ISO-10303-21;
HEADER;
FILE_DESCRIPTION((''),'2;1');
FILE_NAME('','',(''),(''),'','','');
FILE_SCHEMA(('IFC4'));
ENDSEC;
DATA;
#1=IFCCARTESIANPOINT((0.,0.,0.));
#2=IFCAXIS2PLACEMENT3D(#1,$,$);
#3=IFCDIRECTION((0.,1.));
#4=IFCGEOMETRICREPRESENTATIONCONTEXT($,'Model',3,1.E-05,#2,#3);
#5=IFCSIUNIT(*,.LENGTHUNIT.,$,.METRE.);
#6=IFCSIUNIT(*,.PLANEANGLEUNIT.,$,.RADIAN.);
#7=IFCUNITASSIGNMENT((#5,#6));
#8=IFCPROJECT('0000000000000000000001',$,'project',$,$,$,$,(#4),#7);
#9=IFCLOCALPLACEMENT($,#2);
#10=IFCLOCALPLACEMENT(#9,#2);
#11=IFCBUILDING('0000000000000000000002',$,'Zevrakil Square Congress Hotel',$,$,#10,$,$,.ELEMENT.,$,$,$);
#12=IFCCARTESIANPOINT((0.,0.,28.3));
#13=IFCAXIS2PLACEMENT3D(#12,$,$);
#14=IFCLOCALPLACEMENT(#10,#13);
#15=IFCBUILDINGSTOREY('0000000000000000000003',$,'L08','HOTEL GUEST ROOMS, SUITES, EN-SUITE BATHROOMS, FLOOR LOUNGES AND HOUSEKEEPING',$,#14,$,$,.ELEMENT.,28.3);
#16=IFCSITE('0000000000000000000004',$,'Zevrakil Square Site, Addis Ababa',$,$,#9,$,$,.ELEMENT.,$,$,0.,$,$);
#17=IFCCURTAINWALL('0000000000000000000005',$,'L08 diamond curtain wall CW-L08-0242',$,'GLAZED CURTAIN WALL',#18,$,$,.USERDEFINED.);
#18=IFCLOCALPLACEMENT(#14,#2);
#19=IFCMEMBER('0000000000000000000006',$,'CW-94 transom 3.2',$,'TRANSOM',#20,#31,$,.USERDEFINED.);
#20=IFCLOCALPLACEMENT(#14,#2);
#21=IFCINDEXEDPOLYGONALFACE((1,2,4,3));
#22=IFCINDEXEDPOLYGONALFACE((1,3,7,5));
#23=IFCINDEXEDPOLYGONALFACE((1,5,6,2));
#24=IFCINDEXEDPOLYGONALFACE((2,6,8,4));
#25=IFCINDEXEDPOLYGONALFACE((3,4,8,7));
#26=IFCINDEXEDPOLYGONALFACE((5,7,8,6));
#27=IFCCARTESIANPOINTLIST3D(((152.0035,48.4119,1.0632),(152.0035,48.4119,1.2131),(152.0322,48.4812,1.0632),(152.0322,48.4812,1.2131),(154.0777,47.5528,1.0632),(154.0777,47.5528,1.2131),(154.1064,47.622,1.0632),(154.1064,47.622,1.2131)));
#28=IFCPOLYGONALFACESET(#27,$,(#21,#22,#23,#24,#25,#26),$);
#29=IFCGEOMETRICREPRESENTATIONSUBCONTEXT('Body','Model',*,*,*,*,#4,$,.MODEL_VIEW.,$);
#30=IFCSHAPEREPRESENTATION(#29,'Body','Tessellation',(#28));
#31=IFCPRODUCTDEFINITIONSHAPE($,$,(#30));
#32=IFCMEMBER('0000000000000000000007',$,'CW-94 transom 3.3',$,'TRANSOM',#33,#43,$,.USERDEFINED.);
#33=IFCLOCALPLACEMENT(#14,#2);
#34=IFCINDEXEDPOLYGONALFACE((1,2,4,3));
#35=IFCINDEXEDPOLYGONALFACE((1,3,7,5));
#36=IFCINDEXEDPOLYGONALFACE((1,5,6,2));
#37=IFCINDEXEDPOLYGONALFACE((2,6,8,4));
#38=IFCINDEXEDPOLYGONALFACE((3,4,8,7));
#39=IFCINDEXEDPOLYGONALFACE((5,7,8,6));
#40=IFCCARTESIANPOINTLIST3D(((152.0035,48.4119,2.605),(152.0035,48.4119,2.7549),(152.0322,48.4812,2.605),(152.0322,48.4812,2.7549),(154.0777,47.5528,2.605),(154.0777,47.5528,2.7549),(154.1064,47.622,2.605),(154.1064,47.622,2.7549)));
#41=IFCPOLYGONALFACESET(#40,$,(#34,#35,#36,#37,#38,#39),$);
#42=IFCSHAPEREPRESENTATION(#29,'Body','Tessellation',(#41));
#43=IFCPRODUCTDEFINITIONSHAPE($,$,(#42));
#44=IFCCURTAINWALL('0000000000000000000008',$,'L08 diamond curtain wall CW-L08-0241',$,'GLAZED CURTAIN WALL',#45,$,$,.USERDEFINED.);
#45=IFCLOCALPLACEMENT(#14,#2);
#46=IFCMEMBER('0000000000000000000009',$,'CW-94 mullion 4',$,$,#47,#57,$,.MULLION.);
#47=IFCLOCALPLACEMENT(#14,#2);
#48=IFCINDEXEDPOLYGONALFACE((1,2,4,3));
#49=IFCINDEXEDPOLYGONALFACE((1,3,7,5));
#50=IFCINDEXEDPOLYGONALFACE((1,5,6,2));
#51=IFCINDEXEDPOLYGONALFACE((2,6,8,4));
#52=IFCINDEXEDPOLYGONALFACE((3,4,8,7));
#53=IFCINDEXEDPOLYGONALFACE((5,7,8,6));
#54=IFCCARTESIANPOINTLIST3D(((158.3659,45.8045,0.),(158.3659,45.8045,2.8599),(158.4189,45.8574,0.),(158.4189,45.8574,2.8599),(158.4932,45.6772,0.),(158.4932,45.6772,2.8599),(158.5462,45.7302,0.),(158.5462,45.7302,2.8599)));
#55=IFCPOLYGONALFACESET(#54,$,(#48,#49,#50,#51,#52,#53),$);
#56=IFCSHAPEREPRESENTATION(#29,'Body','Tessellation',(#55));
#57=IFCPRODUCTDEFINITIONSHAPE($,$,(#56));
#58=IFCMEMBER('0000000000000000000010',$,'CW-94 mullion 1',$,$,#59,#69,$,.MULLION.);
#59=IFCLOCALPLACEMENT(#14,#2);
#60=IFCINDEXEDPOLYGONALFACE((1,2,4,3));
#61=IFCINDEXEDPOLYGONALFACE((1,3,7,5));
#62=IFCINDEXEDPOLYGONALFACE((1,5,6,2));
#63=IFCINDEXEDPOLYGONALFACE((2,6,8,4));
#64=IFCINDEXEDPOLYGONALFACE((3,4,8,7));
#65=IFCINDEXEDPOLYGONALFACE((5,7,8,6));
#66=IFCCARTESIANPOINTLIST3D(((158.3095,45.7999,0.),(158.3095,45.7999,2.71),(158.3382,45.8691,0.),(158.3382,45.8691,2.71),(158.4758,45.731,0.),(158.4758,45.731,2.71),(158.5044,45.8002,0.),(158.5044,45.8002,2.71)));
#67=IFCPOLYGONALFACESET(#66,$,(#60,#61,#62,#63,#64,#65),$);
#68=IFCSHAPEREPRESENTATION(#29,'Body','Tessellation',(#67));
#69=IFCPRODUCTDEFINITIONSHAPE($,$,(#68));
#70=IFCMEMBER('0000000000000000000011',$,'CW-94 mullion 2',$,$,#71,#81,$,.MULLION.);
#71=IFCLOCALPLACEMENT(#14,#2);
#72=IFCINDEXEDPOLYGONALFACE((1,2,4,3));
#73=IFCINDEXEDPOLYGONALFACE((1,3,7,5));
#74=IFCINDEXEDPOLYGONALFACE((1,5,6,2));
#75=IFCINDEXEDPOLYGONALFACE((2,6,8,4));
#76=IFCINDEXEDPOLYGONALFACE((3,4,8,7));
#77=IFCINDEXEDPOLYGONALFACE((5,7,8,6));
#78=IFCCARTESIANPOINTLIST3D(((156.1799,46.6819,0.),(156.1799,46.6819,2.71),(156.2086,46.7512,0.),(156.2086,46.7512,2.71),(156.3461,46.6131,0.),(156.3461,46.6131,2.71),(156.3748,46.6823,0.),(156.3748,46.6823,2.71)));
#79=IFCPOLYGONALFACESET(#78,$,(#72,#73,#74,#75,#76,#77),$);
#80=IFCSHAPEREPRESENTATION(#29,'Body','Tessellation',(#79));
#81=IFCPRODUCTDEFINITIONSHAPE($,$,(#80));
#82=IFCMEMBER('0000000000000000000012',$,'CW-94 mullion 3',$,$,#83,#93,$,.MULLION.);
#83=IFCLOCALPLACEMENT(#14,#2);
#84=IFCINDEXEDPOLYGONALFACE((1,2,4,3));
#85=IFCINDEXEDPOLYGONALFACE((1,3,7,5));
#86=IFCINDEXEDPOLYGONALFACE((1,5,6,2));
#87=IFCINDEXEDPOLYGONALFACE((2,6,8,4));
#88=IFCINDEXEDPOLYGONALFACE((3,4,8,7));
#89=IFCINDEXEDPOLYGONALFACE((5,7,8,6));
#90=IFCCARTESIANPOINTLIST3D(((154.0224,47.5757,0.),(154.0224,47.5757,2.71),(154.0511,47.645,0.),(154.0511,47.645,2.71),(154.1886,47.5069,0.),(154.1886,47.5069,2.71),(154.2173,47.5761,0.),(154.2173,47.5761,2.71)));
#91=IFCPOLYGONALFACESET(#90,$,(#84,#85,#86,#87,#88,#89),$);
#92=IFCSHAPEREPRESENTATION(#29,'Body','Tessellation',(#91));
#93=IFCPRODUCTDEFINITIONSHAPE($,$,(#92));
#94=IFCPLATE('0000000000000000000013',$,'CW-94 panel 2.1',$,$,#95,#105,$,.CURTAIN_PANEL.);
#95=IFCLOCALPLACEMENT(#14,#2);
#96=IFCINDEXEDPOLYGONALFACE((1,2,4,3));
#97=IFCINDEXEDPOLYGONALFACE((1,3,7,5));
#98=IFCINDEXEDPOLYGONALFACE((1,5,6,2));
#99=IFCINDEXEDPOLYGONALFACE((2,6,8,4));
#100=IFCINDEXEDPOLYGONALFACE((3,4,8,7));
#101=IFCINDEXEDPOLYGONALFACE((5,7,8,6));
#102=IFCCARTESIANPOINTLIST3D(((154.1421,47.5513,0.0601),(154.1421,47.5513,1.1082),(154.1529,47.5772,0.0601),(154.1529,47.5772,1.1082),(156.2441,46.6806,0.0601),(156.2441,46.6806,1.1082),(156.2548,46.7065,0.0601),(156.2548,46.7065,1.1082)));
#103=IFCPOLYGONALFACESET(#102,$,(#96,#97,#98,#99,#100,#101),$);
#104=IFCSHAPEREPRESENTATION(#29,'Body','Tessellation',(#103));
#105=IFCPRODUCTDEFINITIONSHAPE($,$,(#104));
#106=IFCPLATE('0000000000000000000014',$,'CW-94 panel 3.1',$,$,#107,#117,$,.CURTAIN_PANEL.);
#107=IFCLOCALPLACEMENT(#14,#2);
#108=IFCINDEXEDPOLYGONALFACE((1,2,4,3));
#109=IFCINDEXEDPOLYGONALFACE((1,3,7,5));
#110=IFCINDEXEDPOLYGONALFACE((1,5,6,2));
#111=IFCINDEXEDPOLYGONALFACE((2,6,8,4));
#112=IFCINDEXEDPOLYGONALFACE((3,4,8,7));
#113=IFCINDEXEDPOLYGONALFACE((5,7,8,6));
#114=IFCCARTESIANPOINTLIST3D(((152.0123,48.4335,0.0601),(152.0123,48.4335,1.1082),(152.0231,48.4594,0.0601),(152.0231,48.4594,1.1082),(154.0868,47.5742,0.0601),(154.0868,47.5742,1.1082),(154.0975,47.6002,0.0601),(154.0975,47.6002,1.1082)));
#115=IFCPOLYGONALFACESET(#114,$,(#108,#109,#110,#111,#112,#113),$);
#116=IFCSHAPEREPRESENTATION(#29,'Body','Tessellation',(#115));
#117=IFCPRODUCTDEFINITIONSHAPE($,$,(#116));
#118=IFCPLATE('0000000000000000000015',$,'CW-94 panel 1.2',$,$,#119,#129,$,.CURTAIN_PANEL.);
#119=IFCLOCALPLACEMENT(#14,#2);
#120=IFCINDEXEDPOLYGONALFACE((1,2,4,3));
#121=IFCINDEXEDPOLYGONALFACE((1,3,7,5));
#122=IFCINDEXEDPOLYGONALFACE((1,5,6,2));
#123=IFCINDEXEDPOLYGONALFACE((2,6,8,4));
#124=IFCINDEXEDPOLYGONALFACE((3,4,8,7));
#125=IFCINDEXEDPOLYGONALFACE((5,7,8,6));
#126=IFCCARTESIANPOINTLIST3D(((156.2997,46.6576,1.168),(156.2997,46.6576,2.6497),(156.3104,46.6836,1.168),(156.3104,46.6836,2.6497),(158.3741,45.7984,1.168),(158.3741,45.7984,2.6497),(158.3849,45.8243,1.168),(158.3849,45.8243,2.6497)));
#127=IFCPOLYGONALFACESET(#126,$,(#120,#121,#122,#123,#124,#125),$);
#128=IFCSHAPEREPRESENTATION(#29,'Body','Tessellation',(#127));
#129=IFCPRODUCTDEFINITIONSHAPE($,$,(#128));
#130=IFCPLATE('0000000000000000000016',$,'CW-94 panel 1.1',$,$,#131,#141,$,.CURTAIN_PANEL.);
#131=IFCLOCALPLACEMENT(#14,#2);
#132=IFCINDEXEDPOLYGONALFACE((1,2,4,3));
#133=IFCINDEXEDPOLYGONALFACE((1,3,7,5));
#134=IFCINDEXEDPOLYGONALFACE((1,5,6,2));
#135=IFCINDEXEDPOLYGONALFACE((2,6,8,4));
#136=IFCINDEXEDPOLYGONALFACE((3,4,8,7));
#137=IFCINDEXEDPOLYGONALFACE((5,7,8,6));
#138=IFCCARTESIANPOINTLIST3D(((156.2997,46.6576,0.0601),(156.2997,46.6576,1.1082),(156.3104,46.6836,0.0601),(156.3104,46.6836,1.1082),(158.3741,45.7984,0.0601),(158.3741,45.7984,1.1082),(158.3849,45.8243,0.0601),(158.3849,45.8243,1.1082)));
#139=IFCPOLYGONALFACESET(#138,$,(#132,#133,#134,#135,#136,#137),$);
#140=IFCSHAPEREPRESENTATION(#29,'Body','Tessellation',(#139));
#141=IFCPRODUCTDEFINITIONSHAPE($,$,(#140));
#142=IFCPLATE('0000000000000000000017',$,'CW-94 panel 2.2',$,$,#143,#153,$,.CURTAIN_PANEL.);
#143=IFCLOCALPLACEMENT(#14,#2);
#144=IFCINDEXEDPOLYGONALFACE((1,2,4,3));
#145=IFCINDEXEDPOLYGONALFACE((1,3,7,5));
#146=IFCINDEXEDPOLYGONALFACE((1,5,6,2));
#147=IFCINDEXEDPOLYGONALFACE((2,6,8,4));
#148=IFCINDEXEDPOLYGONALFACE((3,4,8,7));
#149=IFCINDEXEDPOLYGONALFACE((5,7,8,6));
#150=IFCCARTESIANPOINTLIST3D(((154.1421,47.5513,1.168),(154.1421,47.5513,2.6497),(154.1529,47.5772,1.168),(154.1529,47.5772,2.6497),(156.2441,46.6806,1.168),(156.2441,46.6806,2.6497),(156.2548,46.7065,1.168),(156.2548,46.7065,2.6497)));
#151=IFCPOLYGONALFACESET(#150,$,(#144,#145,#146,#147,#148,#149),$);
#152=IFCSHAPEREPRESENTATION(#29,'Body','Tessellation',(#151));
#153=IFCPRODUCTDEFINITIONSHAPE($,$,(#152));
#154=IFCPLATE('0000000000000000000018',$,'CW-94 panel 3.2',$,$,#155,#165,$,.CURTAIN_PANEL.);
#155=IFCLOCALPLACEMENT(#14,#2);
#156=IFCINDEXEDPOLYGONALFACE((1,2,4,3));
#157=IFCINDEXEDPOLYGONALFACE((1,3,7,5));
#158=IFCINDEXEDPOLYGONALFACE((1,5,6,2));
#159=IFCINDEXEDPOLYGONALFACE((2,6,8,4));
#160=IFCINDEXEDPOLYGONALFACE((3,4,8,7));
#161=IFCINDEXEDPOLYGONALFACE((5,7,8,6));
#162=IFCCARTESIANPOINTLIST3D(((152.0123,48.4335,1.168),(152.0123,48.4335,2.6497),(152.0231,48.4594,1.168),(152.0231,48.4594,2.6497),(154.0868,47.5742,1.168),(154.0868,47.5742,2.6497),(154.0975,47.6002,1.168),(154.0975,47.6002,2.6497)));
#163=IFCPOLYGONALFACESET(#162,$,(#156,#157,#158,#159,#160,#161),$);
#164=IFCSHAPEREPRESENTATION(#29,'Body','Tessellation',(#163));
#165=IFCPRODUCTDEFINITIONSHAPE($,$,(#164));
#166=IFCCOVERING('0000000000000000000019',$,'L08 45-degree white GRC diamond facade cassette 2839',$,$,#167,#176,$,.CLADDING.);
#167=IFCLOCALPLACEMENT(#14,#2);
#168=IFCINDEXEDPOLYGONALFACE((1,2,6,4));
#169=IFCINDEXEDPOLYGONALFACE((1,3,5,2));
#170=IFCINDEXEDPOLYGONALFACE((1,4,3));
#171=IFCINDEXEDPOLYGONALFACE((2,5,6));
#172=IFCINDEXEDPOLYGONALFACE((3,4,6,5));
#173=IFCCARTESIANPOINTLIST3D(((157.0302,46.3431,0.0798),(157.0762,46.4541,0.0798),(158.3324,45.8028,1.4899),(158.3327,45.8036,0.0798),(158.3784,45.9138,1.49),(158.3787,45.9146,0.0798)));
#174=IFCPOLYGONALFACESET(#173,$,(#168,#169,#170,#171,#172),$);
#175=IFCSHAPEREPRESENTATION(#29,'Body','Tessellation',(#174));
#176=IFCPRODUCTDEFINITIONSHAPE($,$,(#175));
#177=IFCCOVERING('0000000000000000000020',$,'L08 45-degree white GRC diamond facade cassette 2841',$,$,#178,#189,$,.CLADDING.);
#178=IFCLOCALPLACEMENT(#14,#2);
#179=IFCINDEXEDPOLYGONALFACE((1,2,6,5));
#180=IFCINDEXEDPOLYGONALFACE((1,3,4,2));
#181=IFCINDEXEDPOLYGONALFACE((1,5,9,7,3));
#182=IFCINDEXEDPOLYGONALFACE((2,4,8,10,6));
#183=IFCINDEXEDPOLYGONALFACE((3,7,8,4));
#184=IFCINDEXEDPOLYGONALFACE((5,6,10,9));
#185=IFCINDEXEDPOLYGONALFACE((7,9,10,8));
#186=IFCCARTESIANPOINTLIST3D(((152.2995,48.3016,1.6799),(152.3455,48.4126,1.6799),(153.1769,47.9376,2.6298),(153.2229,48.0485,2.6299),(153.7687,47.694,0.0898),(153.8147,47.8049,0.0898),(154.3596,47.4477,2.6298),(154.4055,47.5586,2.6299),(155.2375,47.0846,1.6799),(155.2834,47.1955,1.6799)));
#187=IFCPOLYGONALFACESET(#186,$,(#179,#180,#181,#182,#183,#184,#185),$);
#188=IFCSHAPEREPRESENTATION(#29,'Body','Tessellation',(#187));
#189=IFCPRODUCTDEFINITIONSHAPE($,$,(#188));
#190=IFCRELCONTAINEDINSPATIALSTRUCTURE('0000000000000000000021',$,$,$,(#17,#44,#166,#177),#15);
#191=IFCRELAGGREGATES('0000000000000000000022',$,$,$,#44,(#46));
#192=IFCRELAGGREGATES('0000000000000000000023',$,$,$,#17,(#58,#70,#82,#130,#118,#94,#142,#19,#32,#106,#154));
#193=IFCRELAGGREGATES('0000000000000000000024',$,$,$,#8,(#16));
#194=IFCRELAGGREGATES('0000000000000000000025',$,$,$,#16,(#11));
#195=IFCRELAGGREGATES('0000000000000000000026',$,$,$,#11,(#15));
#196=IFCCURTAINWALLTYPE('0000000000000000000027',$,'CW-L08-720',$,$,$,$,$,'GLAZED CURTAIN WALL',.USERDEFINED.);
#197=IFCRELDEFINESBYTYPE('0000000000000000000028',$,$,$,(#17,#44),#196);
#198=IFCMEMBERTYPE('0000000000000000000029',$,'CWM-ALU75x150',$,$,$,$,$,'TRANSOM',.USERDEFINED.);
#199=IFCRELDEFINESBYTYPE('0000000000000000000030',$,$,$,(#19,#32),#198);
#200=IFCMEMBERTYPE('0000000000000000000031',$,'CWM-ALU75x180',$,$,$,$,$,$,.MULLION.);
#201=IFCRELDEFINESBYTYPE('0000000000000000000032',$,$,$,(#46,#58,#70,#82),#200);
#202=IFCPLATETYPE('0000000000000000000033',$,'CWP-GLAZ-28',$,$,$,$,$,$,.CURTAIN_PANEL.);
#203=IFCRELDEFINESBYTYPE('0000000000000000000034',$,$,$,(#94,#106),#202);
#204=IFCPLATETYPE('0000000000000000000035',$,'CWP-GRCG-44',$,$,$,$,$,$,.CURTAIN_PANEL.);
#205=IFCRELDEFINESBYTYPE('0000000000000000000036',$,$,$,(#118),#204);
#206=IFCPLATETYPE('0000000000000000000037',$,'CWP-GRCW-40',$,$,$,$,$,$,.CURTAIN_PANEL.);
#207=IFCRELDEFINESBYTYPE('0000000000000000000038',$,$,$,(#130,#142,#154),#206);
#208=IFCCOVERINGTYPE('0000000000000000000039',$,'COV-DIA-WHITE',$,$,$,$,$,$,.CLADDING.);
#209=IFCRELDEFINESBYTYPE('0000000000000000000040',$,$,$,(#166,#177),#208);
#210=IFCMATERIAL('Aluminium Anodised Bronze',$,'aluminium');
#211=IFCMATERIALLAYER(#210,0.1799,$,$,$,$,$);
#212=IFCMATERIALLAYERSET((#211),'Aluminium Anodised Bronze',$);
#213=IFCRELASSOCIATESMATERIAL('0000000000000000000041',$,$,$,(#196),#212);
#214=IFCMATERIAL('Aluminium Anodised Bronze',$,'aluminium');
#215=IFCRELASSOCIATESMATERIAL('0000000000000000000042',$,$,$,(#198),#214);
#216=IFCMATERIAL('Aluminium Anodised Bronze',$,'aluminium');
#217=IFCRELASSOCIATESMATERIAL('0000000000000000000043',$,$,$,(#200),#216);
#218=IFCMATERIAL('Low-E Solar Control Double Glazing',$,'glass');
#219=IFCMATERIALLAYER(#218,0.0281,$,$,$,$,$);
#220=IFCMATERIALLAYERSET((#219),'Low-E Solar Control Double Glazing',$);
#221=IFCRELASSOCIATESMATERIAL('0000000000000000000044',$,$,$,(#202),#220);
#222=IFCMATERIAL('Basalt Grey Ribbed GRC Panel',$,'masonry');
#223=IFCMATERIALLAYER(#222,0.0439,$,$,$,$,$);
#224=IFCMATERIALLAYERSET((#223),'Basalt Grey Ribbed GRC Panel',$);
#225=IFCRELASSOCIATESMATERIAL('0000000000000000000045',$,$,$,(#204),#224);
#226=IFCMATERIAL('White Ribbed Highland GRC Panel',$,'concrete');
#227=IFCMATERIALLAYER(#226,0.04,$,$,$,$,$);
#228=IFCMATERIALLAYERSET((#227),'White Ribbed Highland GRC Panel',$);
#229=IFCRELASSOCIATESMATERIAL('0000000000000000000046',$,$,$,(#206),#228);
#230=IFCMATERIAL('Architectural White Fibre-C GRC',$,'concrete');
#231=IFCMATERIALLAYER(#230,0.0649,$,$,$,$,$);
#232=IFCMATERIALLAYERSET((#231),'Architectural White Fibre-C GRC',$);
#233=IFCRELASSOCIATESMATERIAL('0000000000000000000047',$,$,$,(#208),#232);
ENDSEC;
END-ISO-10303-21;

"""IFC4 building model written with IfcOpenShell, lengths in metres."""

from ifc_helpers import new_model, si_unit, direction, frame, origin, origin_2d, place, context, subcontext, project, spatial, polyline, rectangle, outline, extrude, material, layer, layer_set, material_profile, profile_set, type_object, element, aggregate, save


model = new_model("IFC4")

# Units and contexts
model_context = context("Model", 3, precision=1e-05, world=origin(), true_north=direction((0.0, 1.0)))
body_context = subcontext(model_context, "Body", "Model", "MODEL_VIEW")
ifc_project = project(units=[si_unit("LENGTHUNIT", "METRE"), si_unit("PLANEANGLEUNIT", "RADIAN")], contexts=[model_context])

# Site, building, storey
site_placement = place(None, origin())
site = spatial("IfcSite", under=ifc_project, at=site_placement, Name="Zevrakil Square Site, Addis Ababa", CompositionType="ELEMENT", RefElevation=0.0)
building_placement = place(site_placement, origin())
building = spatial("IfcBuilding", under=site, at=building_placement, Name="Zevrakil Square Congress Hotel", CompositionType="ELEMENT")
storey_placement = place(building_placement, frame((0.0, 0.0, 28.3)))
storey = spatial("IfcBuildingStorey", under=building, at=storey_placement, Name="L08", Description="HOTEL GUEST ROOMS, SUITES, EN-SUITE BATHROOMS, FLOOR LOUNGES AND HOUSEKEEPING", CompositionType="ELEMENT", Elevation=28.3)

# Curtain wall, members
ifc_material_1 = material(Name="Aluminium Anodised Bronze", Category="aluminium")
ifc_layer_1 = layer(ifc_material_1, 0.1799)
ifc_layer_set_1 = layer_set([ifc_layer_1], Name="Aluminium Anodised Bronze")
curtain_wall_type = type_object("IfcCurtainWallType", Name="CW-L08-720", ElementType="GLAZED CURTAIN WALL", PredefinedType="USERDEFINED", material=ifc_layer_set_1)
curtain_wall_1_placement = place(storey_placement, origin())
curtain_wall_1 = element("IfcCurtainWall", 1, at=curtain_wall_1_placement, inside=storey, type_object=curtain_wall_type, Name="L08 diamond curtain wall CW-L08-0242", ObjectType="GLAZED CURTAIN WALL", PredefinedType="USERDEFINED")
ifc_material_2 = material(Name="Aluminium Anodised Bronze", Category="aluminium")
ifc_material_profile_1 = material_profile(ifc_material_2, rectangle(XDim=0.075, YDim=0.1499, at=origin_2d()), Name="ALU 75x150")
ifc_profile_set_1 = profile_set([ifc_material_profile_1], Name="Aluminium Anodised Bronze")
member_type_1 = type_object("IfcMemberType", Name="CWM-ALU75x150", ElementType="TRANSOM", PredefinedType="USERDEFINED", material=ifc_profile_set_1)
member_1_placement = place(storey_placement, frame((154.092, 47.5874, 1.1382), z_axis=(-0.923886, 0.382669, 0.0), x_axis=(-0.382669, -0.923886, 0.0)))
member_1 = element("IfcMember", 2, at=member_1_placement, type_object=member_type_1, Name="CW-94 transom 3.2", ObjectType="TRANSOM", PredefinedType="USERDEFINED", context=body_context, shape_type="SweptSolid", body=[
    extrude(rectangle(XDim=0.075, YDim=0.1499, at=origin_2d()), origin(), (0.0, 0.0, 1.0), 2.2451),
])
member_2_placement = place(storey_placement, frame((154.092, 47.5874, 2.6799), z_axis=(-0.923886, 0.382669, 0.0), x_axis=(-0.382669, -0.923886, 0.0)))
member_2 = element("IfcMember", 3, at=member_2_placement, type_object=member_type_1, Name="CW-94 transom 3.3", ObjectType="TRANSOM", PredefinedType="USERDEFINED", context=body_context, shape_type="SweptSolid", body=[
    extrude(rectangle(XDim=0.075, YDim=0.1499, at=origin_2d()), origin(), (0.0, 0.0, 1.0), 2.2451),
])

# Curtain wall, member
curtain_wall_2_placement = place(storey_placement, origin())
curtain_wall_2 = element("IfcCurtainWall", 4, at=curtain_wall_2_placement, inside=storey, type_object=curtain_wall_type, Name="L08 diamond curtain wall CW-L08-0241", ObjectType="GLAZED CURTAIN WALL", PredefinedType="USERDEFINED")
ifc_material_3 = material(Name="Aluminium Anodised Bronze", Category="aluminium")
ifc_material_profile_2 = material_profile(ifc_material_3, rectangle(XDim=0.075, YDim=0.1799, at=origin_2d()), Name="ALU 75x180")
ifc_profile_set_2 = profile_set([ifc_material_profile_2], Name="Aluminium Anodised Bronze")
member_type_2 = type_object("IfcMemberType", Name="CWM-ALU75x180", PredefinedType="MULLION", material=ifc_profile_set_2)
member_3_placement = place(storey_placement, frame((158.4561, 45.7673, 0.0), z_axis=(0.0, 0.0, 1.0), x_axis=(-0.707107, -0.707107, 0.0)))
member_3 = element("IfcMember", 5, at=member_3_placement, type_object=member_type_2, Name="CW-94 mullion 4", PredefinedType="MULLION", context=body_context, shape_type="SweptSolid", body=[
    extrude(rectangle(XDim=0.075, YDim=0.1799, at=origin_2d()), origin(), (0.0, 0.0, 1.0), 2.8599),
])
aggregate(curtain_wall_2, [member_3])

# Members
member_4_placement = place(storey_placement, frame((158.407, 45.8, 0.0), z_axis=(0.0, 0.0, 1.0), x_axis=(-0.382684, -0.923879, 0.0)))
member_4 = element("IfcMember", 6, at=member_4_placement, type_object=member_type_2, Name="CW-94 mullion 1", PredefinedType="MULLION", context=body_context, shape_type="SweptSolid", body=[
    extrude(rectangle(XDim=0.075, YDim=0.1799, at=origin_2d()), origin(), (0.0, 0.0, 1.0), 2.71),
])
member_5_placement = place(storey_placement, frame((156.2773, 46.6821, 0.0), z_axis=(0.0, 0.0, 1.0), x_axis=(-0.382684, -0.923879, 0.0)))
member_5 = element("IfcMember", 7, at=member_5_placement, type_object=member_type_2, Name="CW-94 mullion 2", PredefinedType="MULLION", context=body_context, shape_type="SweptSolid", body=[
    extrude(rectangle(XDim=0.075, YDim=0.1799, at=origin_2d()), origin(), (0.0, 0.0, 1.0), 2.71),
])
member_6_placement = place(storey_placement, frame((154.1199, 47.5759, 0.0), z_axis=(0.0, 0.0, 1.0), x_axis=(-0.382684, -0.923879, 0.0)))
member_6 = element("IfcMember", 8, at=member_6_placement, type_object=member_type_2, Name="CW-94 mullion 3", PredefinedType="MULLION", context=body_context, shape_type="SweptSolid", body=[
    extrude(rectangle(XDim=0.075, YDim=0.1799, at=origin_2d()), origin(), (0.0, 0.0, 1.0), 2.71),
])

# Plates
ifc_material_4 = material(Name="Low-E Solar Control Double Glazing", Category="glass")
ifc_layer_2 = layer(ifc_material_4, 0.0281)
ifc_layer_set_2 = layer_set([ifc_layer_2], Name="Low-E Solar Control Double Glazing")
plate_type_1 = type_object("IfcPlateType", Name="CWP-GLAZ-28", PredefinedType="CURTAIN_PANEL", material=ifc_layer_set_2)
plate_1_placement = place(storey_placement, frame((155.1985, 47.1289, 0.0601), z_axis=(0.0, 0.0, 1.0), x_axis=(-0.923879, 0.382684, 0.0)))
plate_1 = element("IfcPlate", 9, at=plate_1_placement, type_object=plate_type_1, Name="CW-94 panel 2.1", PredefinedType="CURTAIN_PANEL", context=body_context, shape_type="SweptSolid", body=[
    extrude(rectangle(XDim=2.2751, YDim=0.0281, at=origin_2d()), origin(), (0.0, 0.0, 1.0), 1.0481),
])
plate_2_placement = place(storey_placement, frame((153.0549, 48.0168, 0.0601), z_axis=(0.0, 0.0, 1.0), x_axis=(-0.923879, 0.382684, 0.0)))
plate_2 = element("IfcPlate", 10, at=plate_2_placement, type_object=plate_type_1, Name="CW-94 panel 3.1", PredefinedType="CURTAIN_PANEL", context=body_context, shape_type="SweptSolid", body=[
    extrude(rectangle(XDim=2.2454, YDim=0.0281, at=origin_2d()), origin(), (0.0, 0.0, 1.0), 1.0481),
])
ifc_material_5 = material(Name="Basalt Grey Ribbed GRC Panel", Category="masonry")
ifc_layer_3 = layer(ifc_material_5, 0.0439)
ifc_layer_set_3 = layer_set([ifc_layer_3], Name="Basalt Grey Ribbed GRC Panel")
plate_type_2 = type_object("IfcPlateType", Name="CWP-GRCG-44", PredefinedType="CURTAIN_PANEL", material=ifc_layer_set_3)
plate_3_placement = place(storey_placement, frame((157.3423, 46.241, 1.168), z_axis=(0.0, 0.0, 1.0), x_axis=(-0.923879, 0.382684, 0.0)))
plate_3 = element("IfcPlate", 11, at=plate_3_placement, type_object=plate_type_2, Name="CW-94 panel 1.2", PredefinedType="CURTAIN_PANEL", context=body_context, shape_type="SweptSolid", body=[
    extrude(rectangle(XDim=2.2454, YDim=0.0281, at=origin_2d()), origin(), (0.0, 0.0, 1.0), 1.4817),
])
ifc_material_6 = material(Name="White Ribbed Highland GRC Panel", Category="concrete")
ifc_layer_4 = layer(ifc_material_6, 0.04)
ifc_layer_set_4 = layer_set([ifc_layer_4], Name="White Ribbed Highland GRC Panel")
plate_type_3 = type_object("IfcPlateType", Name="CWP-GRCW-40", PredefinedType="CURTAIN_PANEL", material=ifc_layer_set_4)
plate_4_placement = place(storey_placement, frame((157.3423, 46.241, 0.0601), z_axis=(0.0, 0.0, 1.0), x_axis=(-0.923879, 0.382684, 0.0)))
plate_4 = element("IfcPlate", 12, at=plate_4_placement, type_object=plate_type_3, Name="CW-94 panel 1.1", PredefinedType="CURTAIN_PANEL", context=body_context, shape_type="SweptSolid", body=[
    extrude(rectangle(XDim=2.2454, YDim=0.0281, at=origin_2d()), origin(), (0.0, 0.0, 1.0), 1.0481),
])
plate_5_placement = place(storey_placement, frame((155.1985, 47.1289, 1.168), z_axis=(0.0, 0.0, 1.0), x_axis=(-0.923879, 0.382684, 0.0)))
plate_5 = element("IfcPlate", 13, at=plate_5_placement, type_object=plate_type_3, Name="CW-94 panel 2.2", PredefinedType="CURTAIN_PANEL", context=body_context, shape_type="SweptSolid", body=[
    extrude(rectangle(XDim=2.2751, YDim=0.0281, at=origin_2d()), origin(), (0.0, 0.0, 1.0), 1.4817),
])
plate_6_placement = place(storey_placement, frame((153.0549, 48.0168, 1.168), z_axis=(0.0, 0.0, 1.0), x_axis=(-0.923879, 0.382684, 0.0)))
plate_6 = element("IfcPlate", 14, at=plate_6_placement, type_object=plate_type_3, Name="CW-94 panel 3.2", PredefinedType="CURTAIN_PANEL", context=body_context, shape_type="SweptSolid", body=[
    extrude(rectangle(XDim=2.2454, YDim=0.0281, at=origin_2d()), origin(), (0.0, 0.0, 1.0), 1.4817),
])
aggregate(curtain_wall_1, [member_4, member_5, member_6, plate_4, plate_3, plate_1, plate_5, member_1, member_2, plate_2, plate_6])

# Coverings
ifc_material_7 = material(Name="Architectural White Fibre-C GRC", Category="concrete")
ifc_layer_5 = layer(ifc_material_7, 0.0649)
ifc_layer_set_5 = layer_set([ifc_layer_5], Name="Architectural White Fibre-C GRC")
covering_type_1 = type_object("IfcCoveringType", Name="COV-DIA-WHITE", PredefinedType="CLADDING", material=ifc_layer_set_5)
covering_1_placement = place(storey_placement, frame((157.0762, 46.4541, 0.0798), z_axis=(0.382709, 0.923869, 0.000546), x_axis=(0.923869, -0.382709, 0.0)))
element("IfcCovering", 15, at=covering_1_placement, inside=storey, type_object=covering_type_1, Name="L08 45-degree white GRC diamond facade cassette 2839", PredefinedType="CLADDING", context=body_context, shape_type="SweptSolid", body=[
    extrude(outline(polyline([(0.0, 0.0), (1.4098, 0.0), (1.4099, -1.4102), (0.0, 0.0)])), origin(), (0.0, 0.0, -1.0), 0.1201),
])
covering_2_placement = place(storey_placement, frame((152.3455, 48.4126, 1.6799), z_axis=(0.382715, 0.923866, 0.000563), x_axis=(0.653395, -0.27024, -0.707139)))
element("IfcCovering", 16, at=covering_2_placement, inside=storey, type_object=covering_type_1, Name="L08 45-degree white GRC diamond facade cassette 2841", PredefinedType="CLADDING", context=body_context, shape_type="SweptSolid", body=[
    extrude(outline(polyline([(0.0, 0.0), (2.2486, 0.0), (2.2486, -2.2488), (0.9051, -2.2486), (-0.0001, -1.3434), (0.0, 0.0)])), origin(), (0.0, 0.0, -1.0), 0.1201),
])

save(model, "model.ifc")
